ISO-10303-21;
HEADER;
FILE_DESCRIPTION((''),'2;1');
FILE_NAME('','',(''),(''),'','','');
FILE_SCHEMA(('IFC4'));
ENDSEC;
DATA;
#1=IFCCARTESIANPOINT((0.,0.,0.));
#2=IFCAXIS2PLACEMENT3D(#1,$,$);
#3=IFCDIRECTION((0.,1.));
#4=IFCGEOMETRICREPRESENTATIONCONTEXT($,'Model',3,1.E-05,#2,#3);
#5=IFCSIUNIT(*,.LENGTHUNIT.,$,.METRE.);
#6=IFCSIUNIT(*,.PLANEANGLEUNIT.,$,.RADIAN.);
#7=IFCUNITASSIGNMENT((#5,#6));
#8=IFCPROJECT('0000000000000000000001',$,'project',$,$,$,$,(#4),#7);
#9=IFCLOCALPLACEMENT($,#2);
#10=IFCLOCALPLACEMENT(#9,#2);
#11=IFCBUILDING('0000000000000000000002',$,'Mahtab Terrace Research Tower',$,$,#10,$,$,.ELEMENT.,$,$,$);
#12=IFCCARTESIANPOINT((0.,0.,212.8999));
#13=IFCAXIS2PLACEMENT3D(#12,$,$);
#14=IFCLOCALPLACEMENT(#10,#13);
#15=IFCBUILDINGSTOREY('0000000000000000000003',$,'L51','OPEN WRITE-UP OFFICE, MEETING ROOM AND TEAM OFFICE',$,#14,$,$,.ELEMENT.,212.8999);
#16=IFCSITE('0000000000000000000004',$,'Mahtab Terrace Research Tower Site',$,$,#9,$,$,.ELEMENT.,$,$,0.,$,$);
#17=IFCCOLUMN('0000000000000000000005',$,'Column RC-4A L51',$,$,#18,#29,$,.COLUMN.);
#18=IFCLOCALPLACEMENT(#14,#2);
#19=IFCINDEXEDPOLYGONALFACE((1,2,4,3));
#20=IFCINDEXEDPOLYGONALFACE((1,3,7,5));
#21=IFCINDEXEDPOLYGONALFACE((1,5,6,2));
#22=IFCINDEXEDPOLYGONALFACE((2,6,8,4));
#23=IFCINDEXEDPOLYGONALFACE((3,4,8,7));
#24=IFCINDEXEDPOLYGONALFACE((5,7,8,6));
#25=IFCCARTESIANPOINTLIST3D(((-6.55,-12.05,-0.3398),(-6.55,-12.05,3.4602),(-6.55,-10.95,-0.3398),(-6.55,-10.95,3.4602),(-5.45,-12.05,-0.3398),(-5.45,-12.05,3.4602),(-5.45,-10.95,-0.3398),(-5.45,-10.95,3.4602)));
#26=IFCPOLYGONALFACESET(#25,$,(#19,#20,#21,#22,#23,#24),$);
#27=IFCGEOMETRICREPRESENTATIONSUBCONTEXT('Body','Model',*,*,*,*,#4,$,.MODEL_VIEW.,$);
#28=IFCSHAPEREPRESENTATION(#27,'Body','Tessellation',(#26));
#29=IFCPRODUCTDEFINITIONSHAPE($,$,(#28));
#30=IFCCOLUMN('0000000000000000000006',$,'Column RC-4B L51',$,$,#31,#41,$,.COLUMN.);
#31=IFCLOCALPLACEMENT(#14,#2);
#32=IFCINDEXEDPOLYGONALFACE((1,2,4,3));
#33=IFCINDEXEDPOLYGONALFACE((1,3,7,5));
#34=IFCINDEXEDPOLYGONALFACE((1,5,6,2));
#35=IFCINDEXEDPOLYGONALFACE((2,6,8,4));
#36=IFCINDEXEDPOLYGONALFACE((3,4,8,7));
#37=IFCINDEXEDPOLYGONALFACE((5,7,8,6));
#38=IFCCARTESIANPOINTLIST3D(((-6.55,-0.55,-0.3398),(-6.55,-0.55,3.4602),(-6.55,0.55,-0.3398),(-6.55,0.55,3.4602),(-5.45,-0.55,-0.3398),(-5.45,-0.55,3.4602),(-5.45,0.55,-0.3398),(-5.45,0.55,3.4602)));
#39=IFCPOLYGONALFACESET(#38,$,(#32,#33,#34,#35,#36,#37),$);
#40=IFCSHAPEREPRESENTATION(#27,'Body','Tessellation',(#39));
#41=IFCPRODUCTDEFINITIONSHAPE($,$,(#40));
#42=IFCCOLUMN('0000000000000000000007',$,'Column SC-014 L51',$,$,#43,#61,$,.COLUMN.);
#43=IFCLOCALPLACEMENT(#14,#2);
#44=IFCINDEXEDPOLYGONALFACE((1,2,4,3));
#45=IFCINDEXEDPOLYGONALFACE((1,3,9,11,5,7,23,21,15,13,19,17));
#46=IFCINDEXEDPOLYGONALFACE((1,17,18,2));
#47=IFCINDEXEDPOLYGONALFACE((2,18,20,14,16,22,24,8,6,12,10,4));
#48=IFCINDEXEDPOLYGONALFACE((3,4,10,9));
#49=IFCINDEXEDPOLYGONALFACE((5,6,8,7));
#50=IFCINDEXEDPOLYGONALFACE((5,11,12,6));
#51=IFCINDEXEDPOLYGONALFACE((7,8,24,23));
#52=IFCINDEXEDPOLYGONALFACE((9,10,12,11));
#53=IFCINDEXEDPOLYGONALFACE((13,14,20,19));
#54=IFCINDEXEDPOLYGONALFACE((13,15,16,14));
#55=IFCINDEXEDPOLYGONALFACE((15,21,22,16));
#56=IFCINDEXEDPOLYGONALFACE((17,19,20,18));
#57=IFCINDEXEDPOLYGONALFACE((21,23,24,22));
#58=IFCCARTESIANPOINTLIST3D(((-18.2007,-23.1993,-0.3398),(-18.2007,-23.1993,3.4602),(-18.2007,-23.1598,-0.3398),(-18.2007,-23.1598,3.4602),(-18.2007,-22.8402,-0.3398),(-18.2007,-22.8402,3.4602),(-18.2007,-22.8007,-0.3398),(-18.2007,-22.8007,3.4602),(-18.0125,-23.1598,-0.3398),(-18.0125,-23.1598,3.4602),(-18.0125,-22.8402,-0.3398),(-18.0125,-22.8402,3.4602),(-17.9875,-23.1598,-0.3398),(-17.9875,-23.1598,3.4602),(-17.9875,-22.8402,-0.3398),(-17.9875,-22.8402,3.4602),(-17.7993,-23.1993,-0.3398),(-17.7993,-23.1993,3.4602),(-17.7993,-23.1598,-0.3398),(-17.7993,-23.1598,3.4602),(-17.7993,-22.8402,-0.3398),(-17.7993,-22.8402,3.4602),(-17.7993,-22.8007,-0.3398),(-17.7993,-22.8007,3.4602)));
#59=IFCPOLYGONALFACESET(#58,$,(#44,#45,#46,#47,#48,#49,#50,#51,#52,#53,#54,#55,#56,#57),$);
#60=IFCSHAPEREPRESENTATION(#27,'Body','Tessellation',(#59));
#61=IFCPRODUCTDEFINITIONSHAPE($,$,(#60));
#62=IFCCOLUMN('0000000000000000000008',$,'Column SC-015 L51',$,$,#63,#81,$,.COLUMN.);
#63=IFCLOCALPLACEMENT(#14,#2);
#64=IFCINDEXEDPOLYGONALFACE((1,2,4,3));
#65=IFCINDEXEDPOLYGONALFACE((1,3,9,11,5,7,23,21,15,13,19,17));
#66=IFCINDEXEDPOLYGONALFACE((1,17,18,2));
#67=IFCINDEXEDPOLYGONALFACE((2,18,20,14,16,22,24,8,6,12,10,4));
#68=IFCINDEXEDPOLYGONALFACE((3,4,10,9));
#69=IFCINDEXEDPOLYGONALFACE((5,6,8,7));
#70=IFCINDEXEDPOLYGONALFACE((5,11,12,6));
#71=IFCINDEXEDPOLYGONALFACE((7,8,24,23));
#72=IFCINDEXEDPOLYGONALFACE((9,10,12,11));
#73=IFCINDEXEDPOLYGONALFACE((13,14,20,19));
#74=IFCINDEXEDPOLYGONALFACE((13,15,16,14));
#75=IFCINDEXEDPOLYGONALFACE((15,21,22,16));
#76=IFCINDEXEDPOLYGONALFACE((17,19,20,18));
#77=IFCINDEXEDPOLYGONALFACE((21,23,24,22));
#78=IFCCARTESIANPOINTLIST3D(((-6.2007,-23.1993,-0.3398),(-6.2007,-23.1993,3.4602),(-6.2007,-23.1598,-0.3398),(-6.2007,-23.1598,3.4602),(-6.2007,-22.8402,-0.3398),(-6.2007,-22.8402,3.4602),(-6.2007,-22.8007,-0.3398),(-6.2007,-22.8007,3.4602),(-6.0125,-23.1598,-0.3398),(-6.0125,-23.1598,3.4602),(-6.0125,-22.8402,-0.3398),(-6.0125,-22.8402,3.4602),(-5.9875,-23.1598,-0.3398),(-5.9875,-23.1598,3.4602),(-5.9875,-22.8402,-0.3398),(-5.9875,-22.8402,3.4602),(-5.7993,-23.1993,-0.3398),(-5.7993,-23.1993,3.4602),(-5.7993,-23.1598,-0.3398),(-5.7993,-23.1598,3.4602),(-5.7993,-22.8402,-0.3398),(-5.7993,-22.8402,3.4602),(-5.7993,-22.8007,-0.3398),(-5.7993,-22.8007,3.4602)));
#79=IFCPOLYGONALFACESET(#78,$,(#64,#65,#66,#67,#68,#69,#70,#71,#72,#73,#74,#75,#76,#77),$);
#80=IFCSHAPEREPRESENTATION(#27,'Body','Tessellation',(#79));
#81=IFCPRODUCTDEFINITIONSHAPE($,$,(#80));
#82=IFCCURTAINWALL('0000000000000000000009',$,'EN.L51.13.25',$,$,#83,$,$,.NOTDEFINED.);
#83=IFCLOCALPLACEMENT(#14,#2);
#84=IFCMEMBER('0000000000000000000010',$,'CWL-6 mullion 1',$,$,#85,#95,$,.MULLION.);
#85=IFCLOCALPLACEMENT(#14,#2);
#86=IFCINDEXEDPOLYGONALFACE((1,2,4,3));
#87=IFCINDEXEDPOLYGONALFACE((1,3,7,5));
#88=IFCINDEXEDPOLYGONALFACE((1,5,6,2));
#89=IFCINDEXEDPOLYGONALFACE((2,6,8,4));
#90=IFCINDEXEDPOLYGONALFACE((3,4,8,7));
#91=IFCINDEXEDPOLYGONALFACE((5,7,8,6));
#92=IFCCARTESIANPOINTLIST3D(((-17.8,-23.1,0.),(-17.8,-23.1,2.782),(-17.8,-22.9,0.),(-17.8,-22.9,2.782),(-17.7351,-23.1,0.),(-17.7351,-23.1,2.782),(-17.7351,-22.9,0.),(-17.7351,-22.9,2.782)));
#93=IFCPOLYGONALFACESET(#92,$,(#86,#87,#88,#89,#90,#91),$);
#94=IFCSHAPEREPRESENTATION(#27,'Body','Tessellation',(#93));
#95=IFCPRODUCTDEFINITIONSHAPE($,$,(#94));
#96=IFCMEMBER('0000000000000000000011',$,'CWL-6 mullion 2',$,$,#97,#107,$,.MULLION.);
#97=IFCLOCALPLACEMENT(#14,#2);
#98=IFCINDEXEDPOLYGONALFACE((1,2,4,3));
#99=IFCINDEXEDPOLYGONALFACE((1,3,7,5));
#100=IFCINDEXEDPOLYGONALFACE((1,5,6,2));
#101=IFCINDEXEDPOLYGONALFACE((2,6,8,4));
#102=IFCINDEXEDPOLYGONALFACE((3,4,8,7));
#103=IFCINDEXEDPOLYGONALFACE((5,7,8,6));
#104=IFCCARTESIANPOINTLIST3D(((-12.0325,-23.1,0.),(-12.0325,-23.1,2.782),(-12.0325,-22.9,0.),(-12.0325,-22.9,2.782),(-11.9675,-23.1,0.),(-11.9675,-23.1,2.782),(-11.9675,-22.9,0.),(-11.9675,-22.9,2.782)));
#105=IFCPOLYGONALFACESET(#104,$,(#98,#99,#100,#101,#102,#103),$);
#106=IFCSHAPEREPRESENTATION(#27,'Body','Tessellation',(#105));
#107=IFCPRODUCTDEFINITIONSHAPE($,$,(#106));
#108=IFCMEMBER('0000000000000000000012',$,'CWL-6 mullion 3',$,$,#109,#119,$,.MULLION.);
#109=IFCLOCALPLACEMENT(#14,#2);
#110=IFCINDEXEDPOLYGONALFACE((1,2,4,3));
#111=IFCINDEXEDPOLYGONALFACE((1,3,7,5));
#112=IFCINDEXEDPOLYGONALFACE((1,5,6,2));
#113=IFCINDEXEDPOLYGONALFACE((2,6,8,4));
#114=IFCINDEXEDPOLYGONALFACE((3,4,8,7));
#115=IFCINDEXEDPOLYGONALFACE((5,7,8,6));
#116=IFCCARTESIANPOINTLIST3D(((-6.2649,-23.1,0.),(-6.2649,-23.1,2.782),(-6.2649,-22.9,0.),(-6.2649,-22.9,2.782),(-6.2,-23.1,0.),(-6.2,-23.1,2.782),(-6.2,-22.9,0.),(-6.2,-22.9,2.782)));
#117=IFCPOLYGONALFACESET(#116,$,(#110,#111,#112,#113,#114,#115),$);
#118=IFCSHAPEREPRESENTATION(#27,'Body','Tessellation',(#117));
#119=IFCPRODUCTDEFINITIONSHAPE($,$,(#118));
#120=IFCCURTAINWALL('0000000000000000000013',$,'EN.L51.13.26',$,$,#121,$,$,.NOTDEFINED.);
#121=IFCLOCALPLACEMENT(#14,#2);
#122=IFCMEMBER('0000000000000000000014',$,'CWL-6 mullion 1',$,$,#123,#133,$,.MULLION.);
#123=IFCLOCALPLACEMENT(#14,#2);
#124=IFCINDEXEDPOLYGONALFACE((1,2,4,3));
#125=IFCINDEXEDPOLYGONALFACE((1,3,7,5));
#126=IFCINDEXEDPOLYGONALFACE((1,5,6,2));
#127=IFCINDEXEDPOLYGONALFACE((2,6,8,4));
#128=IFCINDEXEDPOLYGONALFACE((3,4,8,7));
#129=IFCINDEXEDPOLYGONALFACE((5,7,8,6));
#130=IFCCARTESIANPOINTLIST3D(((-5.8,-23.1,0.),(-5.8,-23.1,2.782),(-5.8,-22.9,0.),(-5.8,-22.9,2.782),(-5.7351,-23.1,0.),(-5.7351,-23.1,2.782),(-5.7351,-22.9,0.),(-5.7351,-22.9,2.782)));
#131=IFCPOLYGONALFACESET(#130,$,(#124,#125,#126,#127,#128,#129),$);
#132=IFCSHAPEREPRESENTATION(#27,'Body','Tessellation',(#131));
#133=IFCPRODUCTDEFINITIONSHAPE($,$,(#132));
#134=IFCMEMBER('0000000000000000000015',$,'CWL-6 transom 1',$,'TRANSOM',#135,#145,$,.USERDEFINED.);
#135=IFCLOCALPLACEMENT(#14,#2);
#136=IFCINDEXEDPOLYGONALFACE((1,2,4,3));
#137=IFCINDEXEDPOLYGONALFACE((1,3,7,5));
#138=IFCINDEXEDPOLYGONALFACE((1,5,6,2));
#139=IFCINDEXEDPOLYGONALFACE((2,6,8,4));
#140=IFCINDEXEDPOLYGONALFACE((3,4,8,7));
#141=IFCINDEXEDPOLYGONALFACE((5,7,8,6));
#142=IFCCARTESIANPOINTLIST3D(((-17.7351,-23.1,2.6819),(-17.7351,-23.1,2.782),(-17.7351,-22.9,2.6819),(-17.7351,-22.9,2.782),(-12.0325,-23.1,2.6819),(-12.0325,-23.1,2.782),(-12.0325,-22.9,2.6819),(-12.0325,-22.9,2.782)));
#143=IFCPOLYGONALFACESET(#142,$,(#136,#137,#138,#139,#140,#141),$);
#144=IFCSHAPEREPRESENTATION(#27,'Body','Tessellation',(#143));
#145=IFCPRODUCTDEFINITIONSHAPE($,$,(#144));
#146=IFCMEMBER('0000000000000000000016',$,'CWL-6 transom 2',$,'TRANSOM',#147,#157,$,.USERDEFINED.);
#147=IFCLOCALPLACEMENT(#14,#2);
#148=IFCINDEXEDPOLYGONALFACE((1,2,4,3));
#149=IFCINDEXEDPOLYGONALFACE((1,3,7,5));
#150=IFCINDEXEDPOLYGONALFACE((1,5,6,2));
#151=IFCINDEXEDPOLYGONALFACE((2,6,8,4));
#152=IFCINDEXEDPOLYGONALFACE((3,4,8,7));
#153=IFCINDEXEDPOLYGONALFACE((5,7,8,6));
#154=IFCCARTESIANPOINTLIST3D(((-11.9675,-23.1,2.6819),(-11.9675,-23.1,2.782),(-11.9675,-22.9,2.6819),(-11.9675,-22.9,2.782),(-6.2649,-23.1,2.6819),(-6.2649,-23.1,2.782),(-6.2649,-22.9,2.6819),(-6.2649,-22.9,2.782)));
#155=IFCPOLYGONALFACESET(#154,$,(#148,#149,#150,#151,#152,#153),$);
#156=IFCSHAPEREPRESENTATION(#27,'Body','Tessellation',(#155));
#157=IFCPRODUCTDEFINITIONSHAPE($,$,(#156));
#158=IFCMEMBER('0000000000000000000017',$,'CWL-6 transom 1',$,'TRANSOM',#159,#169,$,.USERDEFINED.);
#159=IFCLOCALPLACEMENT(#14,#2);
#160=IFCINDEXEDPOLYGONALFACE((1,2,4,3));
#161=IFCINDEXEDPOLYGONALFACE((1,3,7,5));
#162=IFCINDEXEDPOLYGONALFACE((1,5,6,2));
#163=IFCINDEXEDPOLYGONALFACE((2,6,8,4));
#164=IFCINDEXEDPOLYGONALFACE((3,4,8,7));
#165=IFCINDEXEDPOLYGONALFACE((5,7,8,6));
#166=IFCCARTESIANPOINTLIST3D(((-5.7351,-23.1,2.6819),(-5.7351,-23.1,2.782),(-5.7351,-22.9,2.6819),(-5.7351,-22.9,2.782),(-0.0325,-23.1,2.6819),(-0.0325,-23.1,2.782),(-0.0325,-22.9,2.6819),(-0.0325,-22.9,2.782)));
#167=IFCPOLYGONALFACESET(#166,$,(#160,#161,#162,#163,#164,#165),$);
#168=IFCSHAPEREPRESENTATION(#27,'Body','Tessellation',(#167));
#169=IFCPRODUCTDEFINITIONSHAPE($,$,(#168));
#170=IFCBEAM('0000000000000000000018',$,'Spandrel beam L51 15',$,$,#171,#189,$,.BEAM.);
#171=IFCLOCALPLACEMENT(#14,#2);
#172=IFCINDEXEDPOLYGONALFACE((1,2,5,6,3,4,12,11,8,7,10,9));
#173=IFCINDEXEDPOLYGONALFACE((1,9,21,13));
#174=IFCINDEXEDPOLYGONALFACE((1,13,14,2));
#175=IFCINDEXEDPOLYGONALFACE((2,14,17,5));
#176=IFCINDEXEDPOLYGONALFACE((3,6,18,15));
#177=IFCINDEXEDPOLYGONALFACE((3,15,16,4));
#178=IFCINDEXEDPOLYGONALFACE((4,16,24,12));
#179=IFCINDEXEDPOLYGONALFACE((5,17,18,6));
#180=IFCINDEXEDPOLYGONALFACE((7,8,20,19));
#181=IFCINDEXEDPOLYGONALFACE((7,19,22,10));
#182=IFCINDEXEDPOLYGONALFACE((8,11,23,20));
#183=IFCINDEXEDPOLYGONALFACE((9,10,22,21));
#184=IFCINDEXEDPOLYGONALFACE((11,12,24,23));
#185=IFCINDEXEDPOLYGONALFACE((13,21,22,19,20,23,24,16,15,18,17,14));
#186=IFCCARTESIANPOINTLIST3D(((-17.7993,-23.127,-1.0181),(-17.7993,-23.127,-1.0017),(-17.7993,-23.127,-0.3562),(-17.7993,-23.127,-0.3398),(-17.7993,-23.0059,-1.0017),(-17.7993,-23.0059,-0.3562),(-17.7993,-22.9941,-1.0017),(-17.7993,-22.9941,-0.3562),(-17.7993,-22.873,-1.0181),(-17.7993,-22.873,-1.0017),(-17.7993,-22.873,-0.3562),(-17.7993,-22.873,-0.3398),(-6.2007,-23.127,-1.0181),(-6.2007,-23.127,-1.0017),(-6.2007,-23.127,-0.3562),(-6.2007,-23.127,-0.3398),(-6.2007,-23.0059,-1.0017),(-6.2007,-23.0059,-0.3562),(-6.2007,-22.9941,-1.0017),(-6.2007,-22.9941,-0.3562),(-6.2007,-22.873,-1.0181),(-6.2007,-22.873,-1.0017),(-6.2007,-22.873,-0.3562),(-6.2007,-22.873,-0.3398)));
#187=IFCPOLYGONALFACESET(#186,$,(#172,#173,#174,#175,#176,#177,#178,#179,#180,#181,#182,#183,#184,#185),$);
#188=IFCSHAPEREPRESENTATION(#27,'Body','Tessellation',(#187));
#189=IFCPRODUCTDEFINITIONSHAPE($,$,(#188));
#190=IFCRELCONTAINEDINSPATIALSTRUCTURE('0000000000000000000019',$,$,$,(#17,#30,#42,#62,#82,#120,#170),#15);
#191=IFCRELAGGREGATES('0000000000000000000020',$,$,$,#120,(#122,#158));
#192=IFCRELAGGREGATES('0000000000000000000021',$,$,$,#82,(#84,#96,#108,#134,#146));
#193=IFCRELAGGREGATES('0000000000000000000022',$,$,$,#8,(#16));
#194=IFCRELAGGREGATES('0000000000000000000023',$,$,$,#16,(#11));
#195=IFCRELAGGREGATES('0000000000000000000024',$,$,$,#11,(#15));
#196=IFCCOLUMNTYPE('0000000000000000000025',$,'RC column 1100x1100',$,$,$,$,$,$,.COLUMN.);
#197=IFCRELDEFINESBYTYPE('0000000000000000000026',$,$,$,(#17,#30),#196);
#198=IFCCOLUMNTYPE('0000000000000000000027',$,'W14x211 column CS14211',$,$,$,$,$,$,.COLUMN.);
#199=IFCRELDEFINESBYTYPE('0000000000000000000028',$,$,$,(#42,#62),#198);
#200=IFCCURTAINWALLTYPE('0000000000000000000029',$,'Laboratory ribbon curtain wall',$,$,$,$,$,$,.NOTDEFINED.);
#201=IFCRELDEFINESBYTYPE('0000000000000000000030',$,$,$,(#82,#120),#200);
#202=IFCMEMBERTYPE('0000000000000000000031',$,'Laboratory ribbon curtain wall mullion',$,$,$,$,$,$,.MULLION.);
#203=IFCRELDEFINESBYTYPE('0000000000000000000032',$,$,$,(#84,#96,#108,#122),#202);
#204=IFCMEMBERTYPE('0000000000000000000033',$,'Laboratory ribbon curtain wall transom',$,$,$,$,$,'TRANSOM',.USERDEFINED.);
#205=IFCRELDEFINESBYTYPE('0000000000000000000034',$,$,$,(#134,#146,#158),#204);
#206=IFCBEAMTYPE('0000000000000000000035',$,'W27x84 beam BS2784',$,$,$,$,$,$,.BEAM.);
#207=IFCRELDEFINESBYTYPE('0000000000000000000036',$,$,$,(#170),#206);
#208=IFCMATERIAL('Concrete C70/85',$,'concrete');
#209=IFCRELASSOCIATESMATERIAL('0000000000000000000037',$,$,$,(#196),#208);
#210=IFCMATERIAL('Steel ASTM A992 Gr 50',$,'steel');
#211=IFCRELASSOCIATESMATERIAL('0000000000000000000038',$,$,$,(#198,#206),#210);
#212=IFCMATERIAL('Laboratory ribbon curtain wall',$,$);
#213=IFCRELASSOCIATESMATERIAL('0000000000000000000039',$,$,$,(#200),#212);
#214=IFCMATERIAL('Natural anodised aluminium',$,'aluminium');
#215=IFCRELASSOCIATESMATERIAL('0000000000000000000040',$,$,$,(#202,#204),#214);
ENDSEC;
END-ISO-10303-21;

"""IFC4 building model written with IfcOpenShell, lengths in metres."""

from ifc_helpers import new_model, si_unit, direction, frame, origin, origin_2d, place, context, subcontext, project, spatial, rectangle, i_section, extrude, material, material_profile, profile_set, type_object, element, aggregate, save


model = new_model("IFC4")

# Units and contexts
model_context = context("Model", 3, precision=1e-05, world=origin(), true_north=direction((0.0, 1.0)))
body_context = subcontext(model_context, "Body", "Model", "MODEL_VIEW")
ifc_project = project(units=[si_unit("LENGTHUNIT", "METRE"), si_unit("PLANEANGLEUNIT", "RADIAN")], contexts=[model_context])

# Site, building, storey
site_placement = place(None, origin())
site = spatial("IfcSite", under=ifc_project, at=site_placement, Name="Mahtab Terrace Research Tower Site", CompositionType="ELEMENT", RefElevation=0.0)
building_placement = place(site_placement, origin())
building = spatial("IfcBuilding", under=site, at=building_placement, Name="Mahtab Terrace Research Tower", CompositionType="ELEMENT")
storey_placement = place(building_placement, frame((0.0, 0.0, 212.8999)))
storey = spatial("IfcBuildingStorey", under=building, at=storey_placement, Name="L51", Description="OPEN WRITE-UP OFFICE, MEETING ROOM AND TEAM OFFICE", CompositionType="ELEMENT", Elevation=212.8999)

# Columns
ifc_material_1 = material(Name="Concrete C70/85", Category="concrete")
ifc_material_profile_1 = material_profile(ifc_material_1, rectangle(XDim=1.1001, YDim=1.1001, at=origin_2d()), Name="RC column 1100x1100")
ifc_profile_set_1 = profile_set([ifc_material_profile_1], Name="Concrete C70/85")
column_type_1 = type_object("IfcColumnType", Name="RC column 1100x1100", PredefinedType="COLUMN", material=ifc_profile_set_1)
for number, where, z_axis, x_axis, name in (
    (1, (-6.0, -11.5, -0.3398), (0.0, 0.0, 1.0), (1.0, 0.0, 0.0), "Column RC-4A L51"),
    (2, (-6.0, 0.0, -0.3398), (0.0, 0.0, 1.0), (1.0, 0.0, 0.0), "Column RC-4B L51"),
):
    element("IfcColumn", number, at=place(storey_placement, frame(where, z_axis=z_axis, x_axis=x_axis)), inside=storey, type_object=column_type_1, Name=name, PredefinedType="COLUMN", context=body_context, shape_type="SweptSolid", body=[
        extrude(rectangle(XDim=1.1001, YDim=1.1001, at=origin_2d()), origin(), (0.0, 0.0, 1.0), 3.8),
    ])
ifc_material_2 = material(Name="Steel ASTM A992 Gr 50", Category="steel")
ifc_material_profile_2 = material_profile(ifc_material_2, i_section(OverallWidth=0.4014, OverallDepth=0.3987, WebThickness=0.0249, FlangeThickness=0.0396, at=origin_2d()), Name="W14X211")
ifc_profile_set_2 = profile_set([ifc_material_profile_2], Name="Steel ASTM A992 Gr 50")
column_type_2 = type_object("IfcColumnType", Name="W14x211 column CS14211", PredefinedType="COLUMN", material=ifc_profile_set_2)
for number, where, z_axis, x_axis, name in (
    (3, (-18.0, -23.0, -0.3398), (0.0, 0.0, 1.0), (1.0, 0.0, 0.0), "Column SC-014 L51"),
    (4, (-6.0, -23.0, -0.3398), (0.0, 0.0, 1.0), (1.0, 0.0, 0.0), "Column SC-015 L51"),
):
    element("IfcColumn", number, at=place(storey_placement, frame(where, z_axis=z_axis, x_axis=x_axis)), inside=storey, type_object=column_type_2, Name=name, PredefinedType="COLUMN", context=body_context, shape_type="SweptSolid", body=[
        extrude(i_section(OverallWidth=0.4014, OverallDepth=0.3987, WebThickness=0.0249, FlangeThickness=0.0396, at=origin_2d()), origin(), (0.0, 0.0, 1.0), 3.8),
    ])

# Curtain wall, members
ifc_material_3 = material(Name="Laboratory ribbon curtain wall")
curtain_wall_type = type_object("IfcCurtainWallType", Name="Laboratory ribbon curtain wall", PredefinedType="NOTDEFINED", material=ifc_material_3)
curtain_wall_1_placement = place(storey_placement, origin())
curtain_wall_1 = element("IfcCurtainWall", 5, at=curtain_wall_1_placement, inside=storey, type_object=curtain_wall_type, Name="EN.L51.13.25", PredefinedType="NOTDEFINED")
ifc_material_4 = material(Name="Natural anodised aluminium", Category="aluminium")
ifc_material_profile_3 = material_profile(ifc_material_4, rectangle(XDim=0.2, YDim=0.0649, at=origin_2d()), Name="MULLION 65x200")
ifc_profile_set_3 = profile_set([ifc_material_profile_3], Name="Natural anodised aluminium")
member_type_1 = type_object("IfcMemberType", Name="Laboratory ribbon curtain wall mullion", PredefinedType="MULLION", material=ifc_profile_set_3)
member_1_placement = place(storey_placement, frame((-17.7676, -23.0, 0.0), z_axis=(0.0, 0.0, 1.0), x_axis=(0.0, 1.0, 0.0)))
member_1 = element("IfcMember", 6, at=member_1_placement, type_object=member_type_1, Name="CWL-6 mullion 1", PredefinedType="MULLION", context=body_context, shape_type="SweptSolid", body=[
    extrude(rectangle(XDim=0.2, YDim=0.0649, at=origin_2d()), origin(), (0.0, 0.0, 1.0), 2.782),
])
member_2_placement = place(storey_placement, frame((-12.0, -23.0, 0.0), z_axis=(0.0, 0.0, 1.0), x_axis=(0.0, 1.0, 0.0)))
member_2 = element("IfcMember", 7, at=member_2_placement, type_object=member_type_1, Name="CWL-6 mullion 2", PredefinedType="MULLION", context=body_context, shape_type="SweptSolid", body=[
    extrude(rectangle(XDim=0.2, YDim=0.0649, at=origin_2d()), origin(), (0.0, 0.0, 1.0), 2.782),
])
member_3_placement = place(storey_placement, frame((-6.2324, -23.0, 0.0), z_axis=(0.0, 0.0, 1.0), x_axis=(0.0, 1.0, 0.0)))
member_3 = element("IfcMember", 8, at=member_3_placement, type_object=member_type_1, Name="CWL-6 mullion 3", PredefinedType="MULLION", context=body_context, shape_type="SweptSolid", body=[
    extrude(rectangle(XDim=0.2, YDim=0.0649, at=origin_2d()), origin(), (0.0, 0.0, 1.0), 2.782),
])

# Curtain wall, member
curtain_wall_2_placement = place(storey_placement, origin())
curtain_wall_2 = element("IfcCurtainWall", 9, at=curtain_wall_2_placement, inside=storey, type_object=curtain_wall_type, Name="EN.L51.13.26", PredefinedType="NOTDEFINED")
member_4_placement = place(storey_placement, frame((-5.7676, -23.0, 0.0), z_axis=(0.0, 0.0, 1.0), x_axis=(0.0, 1.0, 0.0)))
member_4 = element("IfcMember", 10, at=member_4_placement, type_object=member_type_1, Name="CWL-6 mullion 1", PredefinedType="MULLION", context=body_context, shape_type="SweptSolid", body=[
    extrude(rectangle(XDim=0.2, YDim=0.0649, at=origin_2d()), origin(), (0.0, 0.0, 1.0), 2.782),
])

# Members
ifc_material_profile_4 = material_profile(ifc_material_4, rectangle(XDim=0.2, YDim=0.1001, at=origin_2d()), Name="TRANSOM 100x200")
ifc_profile_set_4 = profile_set([ifc_material_profile_4], Name="Natural anodised aluminium")
member_type_2 = type_object("IfcMemberType", Name="Laboratory ribbon curtain wall transom", ElementType="TRANSOM", PredefinedType="USERDEFINED", material=ifc_profile_set_4)
member_5_placement = place(storey_placement, frame((-17.7351, -23.0, 2.7319), z_axis=(1.0, 0.0, 0.0), x_axis=(0.0, 1.0, 0.0)))
member_5 = element("IfcMember", 11, at=member_5_placement, type_object=member_type_2, Name="CWL-6 transom 1", ObjectType="TRANSOM", PredefinedType="USERDEFINED", context=body_context, shape_type="SweptSolid", body=[
    extrude(rectangle(XDim=0.2, YDim=0.1001, at=origin_2d()), origin(), (0.0, 0.0, 1.0), 5.7026),
])
member_6_placement = place(storey_placement, frame((-11.9675, -23.0, 2.7319), z_axis=(1.0, 0.0, 0.0), x_axis=(0.0, 1.0, 0.0)))
member_6 = element("IfcMember", 12, at=member_6_placement, type_object=member_type_2, Name="CWL-6 transom 2", ObjectType="TRANSOM", PredefinedType="USERDEFINED", context=body_context, shape_type="SweptSolid", body=[
    extrude(rectangle(XDim=0.2, YDim=0.1001, at=origin_2d()), origin(), (0.0, 0.0, 1.0), 5.7026),
])
member_7_placement = place(storey_placement, frame((-5.7351, -23.0, 2.7319), z_axis=(1.0, 0.0, 0.0), x_axis=(0.0, 1.0, 0.0)))
member_7 = element("IfcMember", 13, at=member_7_placement, type_object=member_type_2, Name="CWL-6 transom 1", ObjectType="TRANSOM", PredefinedType="USERDEFINED", context=body_context, shape_type="SweptSolid", body=[
    extrude(rectangle(XDim=0.2, YDim=0.1001, at=origin_2d()), origin(), (0.0, 0.0, 1.0), 5.7026),
])
aggregate(curtain_wall_2, [member_4, member_7])

# Beam
ifc_material_profile_5 = material_profile(ifc_material_2, i_section(OverallWidth=0.2539, OverallDepth=0.6782, WebThickness=0.0117, FlangeThickness=0.0164, at=origin_2d()), Name="W27X84")
ifc_profile_set_5 = profile_set([ifc_material_profile_5], Name="Steel ASTM A992 Gr 50")
beam_type = type_object("IfcBeamType", Name="W27x84 beam BS2784", PredefinedType="BEAM", material=ifc_profile_set_5)
for number, where, z_axis, x_axis, name in (
    (14, (-17.7993, -23.0, -0.679), (1.0, 0.0, 0.0), (0.0, 1.0, 0.0), "Spandrel beam L51 15"),
):
    element("IfcBeam", number, at=place(storey_placement, frame(where, z_axis=z_axis, x_axis=x_axis)), inside=storey, type_object=beam_type, Name=name, PredefinedType="BEAM", context=body_context, shape_type="SweptSolid", body=[
        extrude(i_section(OverallWidth=0.2539, OverallDepth=0.6782, WebThickness=0.0117, FlangeThickness=0.0164, at=origin_2d()), origin(), (0.0, 0.0, 1.0), 11.5986),
    ])

aggregate(curtain_wall_1, [member_1, member_2, member_3, member_5, member_6])

save(model, "model.ifc")
